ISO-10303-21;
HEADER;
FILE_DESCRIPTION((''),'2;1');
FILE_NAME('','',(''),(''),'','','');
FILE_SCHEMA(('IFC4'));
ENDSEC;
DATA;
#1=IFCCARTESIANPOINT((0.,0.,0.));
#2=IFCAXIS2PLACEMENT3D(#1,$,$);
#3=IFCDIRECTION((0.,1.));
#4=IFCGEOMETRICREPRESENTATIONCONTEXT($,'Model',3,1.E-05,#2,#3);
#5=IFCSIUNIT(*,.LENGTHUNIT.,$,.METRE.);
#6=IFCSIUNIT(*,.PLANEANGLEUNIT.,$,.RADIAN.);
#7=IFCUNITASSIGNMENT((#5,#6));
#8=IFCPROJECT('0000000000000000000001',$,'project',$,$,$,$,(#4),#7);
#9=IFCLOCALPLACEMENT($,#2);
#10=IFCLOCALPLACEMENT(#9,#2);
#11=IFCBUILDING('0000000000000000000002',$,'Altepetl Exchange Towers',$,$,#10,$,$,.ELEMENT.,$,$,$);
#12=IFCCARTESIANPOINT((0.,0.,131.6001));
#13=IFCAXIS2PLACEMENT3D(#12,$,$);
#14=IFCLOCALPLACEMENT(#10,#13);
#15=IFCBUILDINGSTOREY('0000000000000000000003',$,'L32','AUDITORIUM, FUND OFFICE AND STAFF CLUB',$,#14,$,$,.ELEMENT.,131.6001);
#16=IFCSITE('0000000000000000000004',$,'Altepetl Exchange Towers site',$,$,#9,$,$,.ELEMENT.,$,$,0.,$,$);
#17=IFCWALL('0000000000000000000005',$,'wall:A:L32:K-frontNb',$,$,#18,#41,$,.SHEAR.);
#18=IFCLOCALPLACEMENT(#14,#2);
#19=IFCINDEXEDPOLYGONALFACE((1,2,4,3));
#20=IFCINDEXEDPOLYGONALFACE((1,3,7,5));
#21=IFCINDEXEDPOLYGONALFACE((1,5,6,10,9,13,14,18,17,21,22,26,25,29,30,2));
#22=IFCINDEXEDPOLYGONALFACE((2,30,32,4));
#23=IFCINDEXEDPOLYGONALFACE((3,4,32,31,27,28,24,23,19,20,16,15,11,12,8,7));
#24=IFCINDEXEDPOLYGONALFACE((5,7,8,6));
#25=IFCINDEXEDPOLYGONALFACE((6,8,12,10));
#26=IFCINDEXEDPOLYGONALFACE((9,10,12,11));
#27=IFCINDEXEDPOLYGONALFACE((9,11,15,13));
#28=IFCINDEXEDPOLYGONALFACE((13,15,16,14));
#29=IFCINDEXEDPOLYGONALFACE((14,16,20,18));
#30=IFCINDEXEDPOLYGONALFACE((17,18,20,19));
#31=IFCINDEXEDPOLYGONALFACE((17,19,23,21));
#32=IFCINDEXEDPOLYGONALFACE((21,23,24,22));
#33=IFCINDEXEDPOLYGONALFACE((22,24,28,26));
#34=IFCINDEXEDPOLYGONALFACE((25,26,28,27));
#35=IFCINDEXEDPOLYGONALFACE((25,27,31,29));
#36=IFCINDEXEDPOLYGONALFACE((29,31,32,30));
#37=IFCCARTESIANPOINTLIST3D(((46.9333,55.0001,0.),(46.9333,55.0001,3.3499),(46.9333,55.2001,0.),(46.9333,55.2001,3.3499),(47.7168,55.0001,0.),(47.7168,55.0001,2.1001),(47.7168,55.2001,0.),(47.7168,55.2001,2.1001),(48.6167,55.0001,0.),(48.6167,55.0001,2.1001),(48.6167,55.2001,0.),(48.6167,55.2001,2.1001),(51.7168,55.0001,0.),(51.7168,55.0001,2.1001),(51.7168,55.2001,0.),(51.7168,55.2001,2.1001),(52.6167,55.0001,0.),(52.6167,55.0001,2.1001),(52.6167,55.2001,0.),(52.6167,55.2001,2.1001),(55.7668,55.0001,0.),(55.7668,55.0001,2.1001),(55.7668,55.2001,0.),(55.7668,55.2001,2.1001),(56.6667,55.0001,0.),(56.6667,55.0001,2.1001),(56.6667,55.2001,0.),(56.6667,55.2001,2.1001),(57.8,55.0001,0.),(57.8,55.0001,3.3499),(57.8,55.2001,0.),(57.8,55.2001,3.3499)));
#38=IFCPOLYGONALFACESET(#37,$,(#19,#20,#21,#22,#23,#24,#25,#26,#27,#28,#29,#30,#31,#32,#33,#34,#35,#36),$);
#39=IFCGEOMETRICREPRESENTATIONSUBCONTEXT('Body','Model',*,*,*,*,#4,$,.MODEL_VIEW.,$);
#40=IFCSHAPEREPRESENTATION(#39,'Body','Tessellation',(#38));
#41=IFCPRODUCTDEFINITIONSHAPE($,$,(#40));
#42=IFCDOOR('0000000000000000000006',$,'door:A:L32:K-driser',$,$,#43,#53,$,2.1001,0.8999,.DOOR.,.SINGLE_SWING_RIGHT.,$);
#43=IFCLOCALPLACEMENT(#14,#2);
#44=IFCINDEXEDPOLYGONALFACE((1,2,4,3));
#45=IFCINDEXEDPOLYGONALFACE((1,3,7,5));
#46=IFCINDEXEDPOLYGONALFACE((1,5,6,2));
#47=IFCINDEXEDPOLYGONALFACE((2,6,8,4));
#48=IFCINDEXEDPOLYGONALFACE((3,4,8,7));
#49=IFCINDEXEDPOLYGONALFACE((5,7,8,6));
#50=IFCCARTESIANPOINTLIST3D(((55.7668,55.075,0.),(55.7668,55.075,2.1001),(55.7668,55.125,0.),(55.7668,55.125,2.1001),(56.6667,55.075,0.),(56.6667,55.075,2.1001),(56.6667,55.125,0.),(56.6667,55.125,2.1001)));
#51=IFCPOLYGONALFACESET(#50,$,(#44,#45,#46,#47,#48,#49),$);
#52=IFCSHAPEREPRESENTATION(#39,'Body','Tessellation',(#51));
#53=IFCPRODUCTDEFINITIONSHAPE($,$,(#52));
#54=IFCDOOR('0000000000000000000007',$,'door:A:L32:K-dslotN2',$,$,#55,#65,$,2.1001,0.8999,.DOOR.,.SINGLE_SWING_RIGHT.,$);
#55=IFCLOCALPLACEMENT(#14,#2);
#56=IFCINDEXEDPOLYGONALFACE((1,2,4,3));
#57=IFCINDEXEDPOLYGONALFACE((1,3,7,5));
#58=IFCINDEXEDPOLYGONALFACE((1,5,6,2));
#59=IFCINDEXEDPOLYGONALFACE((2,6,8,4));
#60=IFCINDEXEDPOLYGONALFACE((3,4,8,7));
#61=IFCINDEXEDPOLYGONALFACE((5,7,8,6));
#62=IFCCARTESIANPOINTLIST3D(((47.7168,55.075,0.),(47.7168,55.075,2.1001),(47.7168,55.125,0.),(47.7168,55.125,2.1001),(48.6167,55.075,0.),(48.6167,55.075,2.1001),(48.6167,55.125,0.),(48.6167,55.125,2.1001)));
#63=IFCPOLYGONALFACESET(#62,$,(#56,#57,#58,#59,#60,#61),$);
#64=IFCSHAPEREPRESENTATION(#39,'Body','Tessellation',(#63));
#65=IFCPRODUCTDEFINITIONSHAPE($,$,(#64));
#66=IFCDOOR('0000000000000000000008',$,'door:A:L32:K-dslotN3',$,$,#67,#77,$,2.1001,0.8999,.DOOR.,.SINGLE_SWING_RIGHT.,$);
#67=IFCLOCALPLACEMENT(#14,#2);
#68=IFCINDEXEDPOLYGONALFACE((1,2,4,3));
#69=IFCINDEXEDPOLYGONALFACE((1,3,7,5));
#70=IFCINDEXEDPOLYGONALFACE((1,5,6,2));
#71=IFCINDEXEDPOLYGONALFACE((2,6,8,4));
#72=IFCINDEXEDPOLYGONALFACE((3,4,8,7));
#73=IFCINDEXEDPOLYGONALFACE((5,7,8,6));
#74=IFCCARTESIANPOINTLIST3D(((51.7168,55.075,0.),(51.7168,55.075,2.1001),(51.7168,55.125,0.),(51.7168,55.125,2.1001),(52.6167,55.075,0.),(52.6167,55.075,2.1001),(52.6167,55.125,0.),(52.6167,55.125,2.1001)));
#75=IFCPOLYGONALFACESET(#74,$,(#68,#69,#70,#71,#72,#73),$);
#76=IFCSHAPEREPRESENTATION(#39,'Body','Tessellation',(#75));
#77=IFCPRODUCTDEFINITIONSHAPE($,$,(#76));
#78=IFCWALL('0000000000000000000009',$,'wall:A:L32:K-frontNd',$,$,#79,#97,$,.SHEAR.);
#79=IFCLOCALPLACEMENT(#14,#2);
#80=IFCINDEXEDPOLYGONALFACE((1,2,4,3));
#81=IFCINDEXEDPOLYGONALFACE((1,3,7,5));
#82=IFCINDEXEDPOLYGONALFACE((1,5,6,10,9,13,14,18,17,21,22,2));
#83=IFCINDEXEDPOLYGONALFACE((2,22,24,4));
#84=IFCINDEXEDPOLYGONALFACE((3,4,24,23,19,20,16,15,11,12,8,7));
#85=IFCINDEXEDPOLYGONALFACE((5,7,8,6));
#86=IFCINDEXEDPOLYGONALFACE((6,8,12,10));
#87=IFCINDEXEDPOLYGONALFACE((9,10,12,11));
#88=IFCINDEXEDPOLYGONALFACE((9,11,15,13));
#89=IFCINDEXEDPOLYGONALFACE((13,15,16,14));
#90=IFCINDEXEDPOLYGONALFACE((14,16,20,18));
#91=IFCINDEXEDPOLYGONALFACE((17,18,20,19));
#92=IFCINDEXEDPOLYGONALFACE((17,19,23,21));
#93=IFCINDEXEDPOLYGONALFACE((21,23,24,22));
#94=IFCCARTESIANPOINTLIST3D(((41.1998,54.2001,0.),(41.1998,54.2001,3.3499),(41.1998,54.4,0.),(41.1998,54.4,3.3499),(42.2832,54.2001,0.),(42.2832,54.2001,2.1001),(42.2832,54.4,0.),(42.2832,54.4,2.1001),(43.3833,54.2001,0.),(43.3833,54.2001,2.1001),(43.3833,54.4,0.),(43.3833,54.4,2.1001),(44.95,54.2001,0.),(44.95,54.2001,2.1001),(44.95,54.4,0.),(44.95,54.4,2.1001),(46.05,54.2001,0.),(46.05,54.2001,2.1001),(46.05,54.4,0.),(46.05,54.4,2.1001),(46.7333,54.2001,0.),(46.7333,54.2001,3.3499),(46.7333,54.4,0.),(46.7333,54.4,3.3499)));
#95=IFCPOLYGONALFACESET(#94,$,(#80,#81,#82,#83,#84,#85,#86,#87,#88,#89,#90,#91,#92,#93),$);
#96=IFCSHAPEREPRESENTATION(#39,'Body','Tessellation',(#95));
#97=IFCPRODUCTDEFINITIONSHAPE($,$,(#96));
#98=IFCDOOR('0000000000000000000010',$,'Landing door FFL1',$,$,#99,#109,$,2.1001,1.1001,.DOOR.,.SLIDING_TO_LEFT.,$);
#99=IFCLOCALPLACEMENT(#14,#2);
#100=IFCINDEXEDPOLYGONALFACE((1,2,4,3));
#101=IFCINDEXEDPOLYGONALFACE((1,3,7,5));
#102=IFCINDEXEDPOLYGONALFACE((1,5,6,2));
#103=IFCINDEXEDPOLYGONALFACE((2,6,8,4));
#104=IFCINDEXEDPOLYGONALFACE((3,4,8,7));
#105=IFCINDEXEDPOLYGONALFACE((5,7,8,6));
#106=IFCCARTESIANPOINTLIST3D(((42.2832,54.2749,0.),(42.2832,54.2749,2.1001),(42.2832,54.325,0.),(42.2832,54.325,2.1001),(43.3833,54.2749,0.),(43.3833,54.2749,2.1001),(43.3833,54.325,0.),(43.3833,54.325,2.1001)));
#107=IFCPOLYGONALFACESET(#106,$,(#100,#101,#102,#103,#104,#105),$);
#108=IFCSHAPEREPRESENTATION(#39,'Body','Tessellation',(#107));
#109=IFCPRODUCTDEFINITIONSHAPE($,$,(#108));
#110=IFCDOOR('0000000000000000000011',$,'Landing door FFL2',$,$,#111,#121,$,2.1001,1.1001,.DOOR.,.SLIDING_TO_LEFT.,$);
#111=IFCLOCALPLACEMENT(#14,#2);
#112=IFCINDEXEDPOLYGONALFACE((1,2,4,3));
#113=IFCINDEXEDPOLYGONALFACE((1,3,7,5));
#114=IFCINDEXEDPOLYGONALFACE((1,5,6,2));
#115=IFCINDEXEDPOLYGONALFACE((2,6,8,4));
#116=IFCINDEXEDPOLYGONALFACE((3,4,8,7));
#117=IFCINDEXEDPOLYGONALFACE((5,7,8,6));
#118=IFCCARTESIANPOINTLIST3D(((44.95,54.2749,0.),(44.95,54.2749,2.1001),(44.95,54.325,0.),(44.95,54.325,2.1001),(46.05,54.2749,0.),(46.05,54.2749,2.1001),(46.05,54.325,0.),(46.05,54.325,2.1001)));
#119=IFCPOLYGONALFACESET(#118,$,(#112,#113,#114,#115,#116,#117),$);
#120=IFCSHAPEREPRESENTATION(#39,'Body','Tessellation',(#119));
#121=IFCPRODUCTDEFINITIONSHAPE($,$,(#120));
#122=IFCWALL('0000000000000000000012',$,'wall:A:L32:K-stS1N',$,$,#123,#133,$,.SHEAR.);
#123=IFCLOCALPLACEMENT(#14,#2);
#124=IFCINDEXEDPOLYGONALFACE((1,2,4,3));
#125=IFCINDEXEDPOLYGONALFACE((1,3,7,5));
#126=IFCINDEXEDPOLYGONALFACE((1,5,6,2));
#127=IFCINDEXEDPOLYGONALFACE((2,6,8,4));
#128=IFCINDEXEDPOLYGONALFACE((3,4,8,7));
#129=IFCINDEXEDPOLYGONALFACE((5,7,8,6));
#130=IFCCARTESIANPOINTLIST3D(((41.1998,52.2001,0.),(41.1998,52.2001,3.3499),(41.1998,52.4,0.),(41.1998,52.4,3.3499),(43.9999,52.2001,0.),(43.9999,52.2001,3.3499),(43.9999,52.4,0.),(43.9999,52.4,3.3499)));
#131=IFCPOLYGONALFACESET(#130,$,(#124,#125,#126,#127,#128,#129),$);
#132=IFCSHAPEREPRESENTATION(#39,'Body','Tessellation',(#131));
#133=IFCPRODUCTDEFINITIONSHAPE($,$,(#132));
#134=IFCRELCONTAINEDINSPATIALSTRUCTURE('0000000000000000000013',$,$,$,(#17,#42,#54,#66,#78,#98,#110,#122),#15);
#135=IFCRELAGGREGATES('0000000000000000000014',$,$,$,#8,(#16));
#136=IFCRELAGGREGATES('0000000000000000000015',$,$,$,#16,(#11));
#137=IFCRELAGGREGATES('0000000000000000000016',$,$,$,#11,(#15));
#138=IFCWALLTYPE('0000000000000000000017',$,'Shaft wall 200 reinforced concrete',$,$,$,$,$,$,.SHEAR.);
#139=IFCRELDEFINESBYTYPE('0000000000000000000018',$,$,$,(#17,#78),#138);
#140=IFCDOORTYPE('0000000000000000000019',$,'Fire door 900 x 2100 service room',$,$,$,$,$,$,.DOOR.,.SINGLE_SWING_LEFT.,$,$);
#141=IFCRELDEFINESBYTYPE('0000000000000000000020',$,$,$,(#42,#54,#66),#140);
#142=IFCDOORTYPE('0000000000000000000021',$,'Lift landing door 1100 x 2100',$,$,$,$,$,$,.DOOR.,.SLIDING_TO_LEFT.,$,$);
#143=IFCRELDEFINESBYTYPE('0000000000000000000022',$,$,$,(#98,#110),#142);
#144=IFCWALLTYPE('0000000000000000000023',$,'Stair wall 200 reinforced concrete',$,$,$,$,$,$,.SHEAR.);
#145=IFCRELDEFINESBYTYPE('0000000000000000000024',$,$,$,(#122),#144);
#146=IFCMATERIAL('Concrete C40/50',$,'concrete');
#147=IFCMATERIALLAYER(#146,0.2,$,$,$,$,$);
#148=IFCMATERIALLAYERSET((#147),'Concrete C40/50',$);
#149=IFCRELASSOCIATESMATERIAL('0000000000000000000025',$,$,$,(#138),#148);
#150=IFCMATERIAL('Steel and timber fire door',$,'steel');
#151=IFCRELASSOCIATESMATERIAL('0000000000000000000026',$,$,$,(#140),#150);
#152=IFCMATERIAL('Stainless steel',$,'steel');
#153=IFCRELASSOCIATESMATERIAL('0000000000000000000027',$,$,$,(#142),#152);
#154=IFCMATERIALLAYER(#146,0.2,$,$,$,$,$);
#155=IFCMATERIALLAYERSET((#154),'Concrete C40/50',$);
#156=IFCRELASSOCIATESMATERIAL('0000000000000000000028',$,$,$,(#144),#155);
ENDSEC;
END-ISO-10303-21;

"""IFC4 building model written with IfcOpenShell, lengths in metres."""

from ifc_helpers import new_model, si_unit, direction, frame, frame_2d, origin, place, context, subcontext, project, spatial, rectangle, extrude, material, layer, layer_set, type_object, element, fill, save


model = new_model("IFC4")

# Units and contexts
model_context = context("Model", 3, precision=1e-05, world=origin(), true_north=direction((0.0, 1.0)))
body_context = subcontext(model_context, "Body", "Model", "MODEL_VIEW")
ifc_project = project(units=[si_unit("LENGTHUNIT", "METRE"), si_unit("PLANEANGLEUNIT", "RADIAN")], contexts=[model_context])

# Site, building, storey
site_placement = place(None, origin())
site = spatial("IfcSite", under=ifc_project, at=site_placement, Name="Altepetl Exchange Towers site", CompositionType="ELEMENT", RefElevation=0.0)
building_placement = place(site_placement, origin())
building = spatial("IfcBuilding", under=site, at=building_placement, Name="Altepetl Exchange Towers", CompositionType="ELEMENT")
storey_placement = place(building_placement, frame((0.0, 0.0, 131.6001)))
storey = spatial("IfcBuildingStorey", under=building, at=storey_placement, Name="L32", Description="AUDITORIUM, FUND OFFICE AND STAFF CLUB", CompositionType="ELEMENT", Elevation=131.6001)

# Shared definitions
ifc_material_1 = material(Name="Steel and timber fire door", Category="steel")

# Shared definitions
ifc_material_2 = material(Name="Concrete C40/50", Category="concrete")
ifc_layer_1 = layer(ifc_material_2, 0.2)
ifc_layer_set_1 = layer_set([ifc_layer_1], Name="Concrete C40/50")
wall_type_1 = type_object("IfcWallType", Name="Shaft wall 200 reinforced concrete", PredefinedType="SHEAR", material=ifc_layer_set_1)

# Walls, openings, doors
wall_1_placement = place(storey_placement, frame((46.9333, 55.1001, 0.0)))
wall_1 = element("IfcWall", 1, at=wall_1_placement, inside=storey, type_object=wall_type_1, Name="wall:A:L32:K-frontNb", PredefinedType="SHEAR", context=body_context, shape_type="SweptSolid", body=[
    extrude(rectangle(XDim=10.8667, YDim=0.2, at=frame_2d((5.4333, 0.0))), origin(), (0.0, 0.0, 1.0), 3.3499),
])
opening_1_placement = place(wall_1_placement, frame((8.8335, 0.0, 0.0)))
opening_1 = element("IfcOpeningElement", 2, at=opening_1_placement, cuts=wall_1, PredefinedType="OPENING", context=body_context, shape_type="SweptSolid", body=[
    extrude(rectangle(XDim=0.8999, YDim=2.1001, at=frame_2d((0.45, 1.05))), frame((0.0, 0.1099, 0.0), z_axis=(0.0, -1.0, 0.0), x_axis=(1.0, 0.0, 0.0)), (0.0, 0.0, 1.0), 0.22),
])
opening_2_placement = place(wall_1_placement, frame((0.7834, 0.0, 0.0)))
opening_2 = element("IfcOpeningElement", 3, at=opening_2_placement, cuts=wall_1, PredefinedType="OPENING", context=body_context, shape_type="SweptSolid", body=[
    extrude(rectangle(XDim=0.8999, YDim=2.1001, at=frame_2d((0.45, 1.05))), frame((0.0, 0.1099, 0.0), z_axis=(0.0, -1.0, 0.0), x_axis=(1.0, 0.0, 0.0)), (0.0, 0.0, 1.0), 0.22),
])
opening_3_placement = place(wall_1_placement, frame((4.7834, 0.0, 0.0)))
opening_3 = element("IfcOpeningElement", 4, at=opening_3_placement, cuts=wall_1, PredefinedType="OPENING", context=body_context, shape_type="SweptSolid", body=[
    extrude(rectangle(XDim=0.8999, YDim=2.1001, at=frame_2d((0.45, 1.05))), frame((0.0, 0.1099, 0.0), z_axis=(0.0, -1.0, 0.0), x_axis=(1.0, 0.0, 0.0)), (0.0, 0.0, 1.0), 0.22),
])
door_type_1 = type_object("IfcDoorType", Name="Fire door 900 x 2100 service room", OperationType="SINGLE_SWING_LEFT", PredefinedType="DOOR", material=ifc_material_1)
door_1_placement = place(opening_1_placement, origin())
door_1 = element("IfcDoor", 5, at=door_1_placement, inside=storey, type_object=door_type_1, Name="door:A:L32:K-driser", OperationType="SINGLE_SWING_RIGHT", OverallHeight=2.1001, OverallWidth=0.8999, PredefinedType="DOOR", context=body_context, shape_type="SweptSolid", body=[
    extrude(rectangle(XDim=0.8999, YDim=2.1001, at=frame_2d((0.45, 1.05))), frame((0.0, 0.0249, 0.0), z_axis=(0.0, -1.0, 0.0), x_axis=(1.0, 0.0, 0.0)), (0.0, 0.0, 1.0), 0.05),
])
fill(opening_1, door_1)
door_2_placement = place(opening_2_placement, origin())
door_2 = element("IfcDoor", 6, at=door_2_placement, inside=storey, type_object=door_type_1, Name="door:A:L32:K-dslotN2", OperationType="SINGLE_SWING_RIGHT", OverallHeight=2.1001, OverallWidth=0.8999, PredefinedType="DOOR", context=body_context, shape_type="SweptSolid", body=[
    extrude(rectangle(XDim=0.8999, YDim=2.1001, at=frame_2d((0.45, 1.05))), frame((0.0, 0.0249, 0.0), z_axis=(0.0, -1.0, 0.0), x_axis=(1.0, 0.0, 0.0)), (0.0, 0.0, 1.0), 0.05),
])
fill(opening_2, door_2)
door_3_placement = place(opening_3_placement, origin())
door_3 = element("IfcDoor", 7, at=door_3_placement, inside=storey, type_object=door_type_1, Name="door:A:L32:K-dslotN3", OperationType="SINGLE_SWING_RIGHT", OverallHeight=2.1001, OverallWidth=0.8999, PredefinedType="DOOR", context=body_context, shape_type="SweptSolid", body=[
    extrude(rectangle(XDim=0.8999, YDim=2.1001, at=frame_2d((0.45, 1.05))), frame((0.0, 0.0249, 0.0), z_axis=(0.0, -1.0, 0.0), x_axis=(1.0, 0.0, 0.0)), (0.0, 0.0, 1.0), 0.05),
])
fill(opening_3, door_3)
wall_2_placement = place(storey_placement, frame((41.2, 54.3, 0.0)))
wall_2 = element("IfcWall", 8, at=wall_2_placement, inside=storey, type_object=wall_type_1, Name="wall:A:L32:K-frontNd", PredefinedType="SHEAR", context=body_context, shape_type="SweptSolid", body=[
    extrude(rectangle(XDim=5.5334, YDim=0.2, at=frame_2d((2.7666, 0.0))), origin(), (0.0, 0.0, 1.0), 3.3499),
])
opening_4_placement = place(wall_2_placement, frame((1.0833, 0.0, 0.0)))
opening_4 = element("IfcOpeningElement", 9, at=opening_4_placement, cuts=wall_2, PredefinedType="OPENING", context=body_context, shape_type="SweptSolid", body=[
    extrude(rectangle(XDim=1.1001, YDim=2.1001, at=frame_2d((0.55, 1.05))), frame((0.0, 0.1099, 0.0), z_axis=(0.0, -1.0, 0.0), x_axis=(1.0, 0.0, 0.0)), (0.0, 0.0, 1.0), 0.22),
])
opening_5_placement = place(wall_2_placement, frame((3.75, 0.0, 0.0)))
opening_5 = element("IfcOpeningElement", 10, at=opening_5_placement, cuts=wall_2, PredefinedType="OPENING", context=body_context, shape_type="SweptSolid", body=[
    extrude(rectangle(XDim=1.1001, YDim=2.1001, at=frame_2d((0.55, 1.05))), frame((0.0, 0.1099, 0.0), z_axis=(0.0, -1.0, 0.0), x_axis=(1.0, 0.0, 0.0)), (0.0, 0.0, 1.0), 0.22),
])
ifc_material_3 = material(Name="Stainless steel", Category="steel")
door_type_2 = type_object("IfcDoorType", Name="Lift landing door 1100 x 2100", OperationType="SLIDING_TO_LEFT", PredefinedType="DOOR", material=ifc_material_3)
door_4_placement = place(opening_4_placement, origin())
door_4 = element("IfcDoor", 11, at=door_4_placement, inside=storey, type_object=door_type_2, Name="Landing door FFL1", OperationType="SLIDING_TO_LEFT", OverallHeight=2.1001, OverallWidth=1.1001, PredefinedType="DOOR", context=body_context, shape_type="SweptSolid", body=[
    extrude(rectangle(XDim=1.1001, YDim=2.1001, at=frame_2d((0.55, 1.05))), frame((0.0, 0.0249, 0.0), z_axis=(0.0, -1.0, 0.0), x_axis=(1.0, 0.0, 0.0)), (0.0, 0.0, 1.0), 0.05),
])
fill(opening_4, door_4)
door_5_placement = place(opening_5_placement, origin())
door_5 = element("IfcDoor", 12, at=door_5_placement, inside=storey, type_object=door_type_2, Name="Landing door FFL2", OperationType="SLIDING_TO_LEFT", OverallHeight=2.1001, OverallWidth=1.1001, PredefinedType="DOOR", context=body_context, shape_type="SweptSolid", body=[
    extrude(rectangle(XDim=1.1001, YDim=2.1001, at=frame_2d((0.55, 1.05))), frame((0.0, 0.0249, 0.0), z_axis=(0.0, -1.0, 0.0), x_axis=(1.0, 0.0, 0.0)), (0.0, 0.0, 1.0), 0.05),
])
fill(opening_5, door_5)

# Wall
ifc_layer_2 = layer(ifc_material_2, 0.2)
ifc_layer_set_2 = layer_set([ifc_layer_2], Name="Concrete C40/50")
wall_type_2 = type_object("IfcWallType", Name="Stair wall 200 reinforced concrete", PredefinedType="SHEAR", material=ifc_layer_set_2)
wall_3_placement = place(storey_placement, frame((41.2, 52.3, 0.0)))
element("IfcWall", 13, at=wall_3_placement, inside=storey, type_object=wall_type_2, Name="wall:A:L32:K-stS1N", PredefinedType="SHEAR", context=body_context, shape_type="SweptSolid", body=[
    extrude(rectangle(XDim=2.8, YDim=0.2, at=frame_2d((1.3999, 0.0))), origin(), (0.0, 0.0, 1.0), 3.3499),
])

save(model, "model.ifc")
